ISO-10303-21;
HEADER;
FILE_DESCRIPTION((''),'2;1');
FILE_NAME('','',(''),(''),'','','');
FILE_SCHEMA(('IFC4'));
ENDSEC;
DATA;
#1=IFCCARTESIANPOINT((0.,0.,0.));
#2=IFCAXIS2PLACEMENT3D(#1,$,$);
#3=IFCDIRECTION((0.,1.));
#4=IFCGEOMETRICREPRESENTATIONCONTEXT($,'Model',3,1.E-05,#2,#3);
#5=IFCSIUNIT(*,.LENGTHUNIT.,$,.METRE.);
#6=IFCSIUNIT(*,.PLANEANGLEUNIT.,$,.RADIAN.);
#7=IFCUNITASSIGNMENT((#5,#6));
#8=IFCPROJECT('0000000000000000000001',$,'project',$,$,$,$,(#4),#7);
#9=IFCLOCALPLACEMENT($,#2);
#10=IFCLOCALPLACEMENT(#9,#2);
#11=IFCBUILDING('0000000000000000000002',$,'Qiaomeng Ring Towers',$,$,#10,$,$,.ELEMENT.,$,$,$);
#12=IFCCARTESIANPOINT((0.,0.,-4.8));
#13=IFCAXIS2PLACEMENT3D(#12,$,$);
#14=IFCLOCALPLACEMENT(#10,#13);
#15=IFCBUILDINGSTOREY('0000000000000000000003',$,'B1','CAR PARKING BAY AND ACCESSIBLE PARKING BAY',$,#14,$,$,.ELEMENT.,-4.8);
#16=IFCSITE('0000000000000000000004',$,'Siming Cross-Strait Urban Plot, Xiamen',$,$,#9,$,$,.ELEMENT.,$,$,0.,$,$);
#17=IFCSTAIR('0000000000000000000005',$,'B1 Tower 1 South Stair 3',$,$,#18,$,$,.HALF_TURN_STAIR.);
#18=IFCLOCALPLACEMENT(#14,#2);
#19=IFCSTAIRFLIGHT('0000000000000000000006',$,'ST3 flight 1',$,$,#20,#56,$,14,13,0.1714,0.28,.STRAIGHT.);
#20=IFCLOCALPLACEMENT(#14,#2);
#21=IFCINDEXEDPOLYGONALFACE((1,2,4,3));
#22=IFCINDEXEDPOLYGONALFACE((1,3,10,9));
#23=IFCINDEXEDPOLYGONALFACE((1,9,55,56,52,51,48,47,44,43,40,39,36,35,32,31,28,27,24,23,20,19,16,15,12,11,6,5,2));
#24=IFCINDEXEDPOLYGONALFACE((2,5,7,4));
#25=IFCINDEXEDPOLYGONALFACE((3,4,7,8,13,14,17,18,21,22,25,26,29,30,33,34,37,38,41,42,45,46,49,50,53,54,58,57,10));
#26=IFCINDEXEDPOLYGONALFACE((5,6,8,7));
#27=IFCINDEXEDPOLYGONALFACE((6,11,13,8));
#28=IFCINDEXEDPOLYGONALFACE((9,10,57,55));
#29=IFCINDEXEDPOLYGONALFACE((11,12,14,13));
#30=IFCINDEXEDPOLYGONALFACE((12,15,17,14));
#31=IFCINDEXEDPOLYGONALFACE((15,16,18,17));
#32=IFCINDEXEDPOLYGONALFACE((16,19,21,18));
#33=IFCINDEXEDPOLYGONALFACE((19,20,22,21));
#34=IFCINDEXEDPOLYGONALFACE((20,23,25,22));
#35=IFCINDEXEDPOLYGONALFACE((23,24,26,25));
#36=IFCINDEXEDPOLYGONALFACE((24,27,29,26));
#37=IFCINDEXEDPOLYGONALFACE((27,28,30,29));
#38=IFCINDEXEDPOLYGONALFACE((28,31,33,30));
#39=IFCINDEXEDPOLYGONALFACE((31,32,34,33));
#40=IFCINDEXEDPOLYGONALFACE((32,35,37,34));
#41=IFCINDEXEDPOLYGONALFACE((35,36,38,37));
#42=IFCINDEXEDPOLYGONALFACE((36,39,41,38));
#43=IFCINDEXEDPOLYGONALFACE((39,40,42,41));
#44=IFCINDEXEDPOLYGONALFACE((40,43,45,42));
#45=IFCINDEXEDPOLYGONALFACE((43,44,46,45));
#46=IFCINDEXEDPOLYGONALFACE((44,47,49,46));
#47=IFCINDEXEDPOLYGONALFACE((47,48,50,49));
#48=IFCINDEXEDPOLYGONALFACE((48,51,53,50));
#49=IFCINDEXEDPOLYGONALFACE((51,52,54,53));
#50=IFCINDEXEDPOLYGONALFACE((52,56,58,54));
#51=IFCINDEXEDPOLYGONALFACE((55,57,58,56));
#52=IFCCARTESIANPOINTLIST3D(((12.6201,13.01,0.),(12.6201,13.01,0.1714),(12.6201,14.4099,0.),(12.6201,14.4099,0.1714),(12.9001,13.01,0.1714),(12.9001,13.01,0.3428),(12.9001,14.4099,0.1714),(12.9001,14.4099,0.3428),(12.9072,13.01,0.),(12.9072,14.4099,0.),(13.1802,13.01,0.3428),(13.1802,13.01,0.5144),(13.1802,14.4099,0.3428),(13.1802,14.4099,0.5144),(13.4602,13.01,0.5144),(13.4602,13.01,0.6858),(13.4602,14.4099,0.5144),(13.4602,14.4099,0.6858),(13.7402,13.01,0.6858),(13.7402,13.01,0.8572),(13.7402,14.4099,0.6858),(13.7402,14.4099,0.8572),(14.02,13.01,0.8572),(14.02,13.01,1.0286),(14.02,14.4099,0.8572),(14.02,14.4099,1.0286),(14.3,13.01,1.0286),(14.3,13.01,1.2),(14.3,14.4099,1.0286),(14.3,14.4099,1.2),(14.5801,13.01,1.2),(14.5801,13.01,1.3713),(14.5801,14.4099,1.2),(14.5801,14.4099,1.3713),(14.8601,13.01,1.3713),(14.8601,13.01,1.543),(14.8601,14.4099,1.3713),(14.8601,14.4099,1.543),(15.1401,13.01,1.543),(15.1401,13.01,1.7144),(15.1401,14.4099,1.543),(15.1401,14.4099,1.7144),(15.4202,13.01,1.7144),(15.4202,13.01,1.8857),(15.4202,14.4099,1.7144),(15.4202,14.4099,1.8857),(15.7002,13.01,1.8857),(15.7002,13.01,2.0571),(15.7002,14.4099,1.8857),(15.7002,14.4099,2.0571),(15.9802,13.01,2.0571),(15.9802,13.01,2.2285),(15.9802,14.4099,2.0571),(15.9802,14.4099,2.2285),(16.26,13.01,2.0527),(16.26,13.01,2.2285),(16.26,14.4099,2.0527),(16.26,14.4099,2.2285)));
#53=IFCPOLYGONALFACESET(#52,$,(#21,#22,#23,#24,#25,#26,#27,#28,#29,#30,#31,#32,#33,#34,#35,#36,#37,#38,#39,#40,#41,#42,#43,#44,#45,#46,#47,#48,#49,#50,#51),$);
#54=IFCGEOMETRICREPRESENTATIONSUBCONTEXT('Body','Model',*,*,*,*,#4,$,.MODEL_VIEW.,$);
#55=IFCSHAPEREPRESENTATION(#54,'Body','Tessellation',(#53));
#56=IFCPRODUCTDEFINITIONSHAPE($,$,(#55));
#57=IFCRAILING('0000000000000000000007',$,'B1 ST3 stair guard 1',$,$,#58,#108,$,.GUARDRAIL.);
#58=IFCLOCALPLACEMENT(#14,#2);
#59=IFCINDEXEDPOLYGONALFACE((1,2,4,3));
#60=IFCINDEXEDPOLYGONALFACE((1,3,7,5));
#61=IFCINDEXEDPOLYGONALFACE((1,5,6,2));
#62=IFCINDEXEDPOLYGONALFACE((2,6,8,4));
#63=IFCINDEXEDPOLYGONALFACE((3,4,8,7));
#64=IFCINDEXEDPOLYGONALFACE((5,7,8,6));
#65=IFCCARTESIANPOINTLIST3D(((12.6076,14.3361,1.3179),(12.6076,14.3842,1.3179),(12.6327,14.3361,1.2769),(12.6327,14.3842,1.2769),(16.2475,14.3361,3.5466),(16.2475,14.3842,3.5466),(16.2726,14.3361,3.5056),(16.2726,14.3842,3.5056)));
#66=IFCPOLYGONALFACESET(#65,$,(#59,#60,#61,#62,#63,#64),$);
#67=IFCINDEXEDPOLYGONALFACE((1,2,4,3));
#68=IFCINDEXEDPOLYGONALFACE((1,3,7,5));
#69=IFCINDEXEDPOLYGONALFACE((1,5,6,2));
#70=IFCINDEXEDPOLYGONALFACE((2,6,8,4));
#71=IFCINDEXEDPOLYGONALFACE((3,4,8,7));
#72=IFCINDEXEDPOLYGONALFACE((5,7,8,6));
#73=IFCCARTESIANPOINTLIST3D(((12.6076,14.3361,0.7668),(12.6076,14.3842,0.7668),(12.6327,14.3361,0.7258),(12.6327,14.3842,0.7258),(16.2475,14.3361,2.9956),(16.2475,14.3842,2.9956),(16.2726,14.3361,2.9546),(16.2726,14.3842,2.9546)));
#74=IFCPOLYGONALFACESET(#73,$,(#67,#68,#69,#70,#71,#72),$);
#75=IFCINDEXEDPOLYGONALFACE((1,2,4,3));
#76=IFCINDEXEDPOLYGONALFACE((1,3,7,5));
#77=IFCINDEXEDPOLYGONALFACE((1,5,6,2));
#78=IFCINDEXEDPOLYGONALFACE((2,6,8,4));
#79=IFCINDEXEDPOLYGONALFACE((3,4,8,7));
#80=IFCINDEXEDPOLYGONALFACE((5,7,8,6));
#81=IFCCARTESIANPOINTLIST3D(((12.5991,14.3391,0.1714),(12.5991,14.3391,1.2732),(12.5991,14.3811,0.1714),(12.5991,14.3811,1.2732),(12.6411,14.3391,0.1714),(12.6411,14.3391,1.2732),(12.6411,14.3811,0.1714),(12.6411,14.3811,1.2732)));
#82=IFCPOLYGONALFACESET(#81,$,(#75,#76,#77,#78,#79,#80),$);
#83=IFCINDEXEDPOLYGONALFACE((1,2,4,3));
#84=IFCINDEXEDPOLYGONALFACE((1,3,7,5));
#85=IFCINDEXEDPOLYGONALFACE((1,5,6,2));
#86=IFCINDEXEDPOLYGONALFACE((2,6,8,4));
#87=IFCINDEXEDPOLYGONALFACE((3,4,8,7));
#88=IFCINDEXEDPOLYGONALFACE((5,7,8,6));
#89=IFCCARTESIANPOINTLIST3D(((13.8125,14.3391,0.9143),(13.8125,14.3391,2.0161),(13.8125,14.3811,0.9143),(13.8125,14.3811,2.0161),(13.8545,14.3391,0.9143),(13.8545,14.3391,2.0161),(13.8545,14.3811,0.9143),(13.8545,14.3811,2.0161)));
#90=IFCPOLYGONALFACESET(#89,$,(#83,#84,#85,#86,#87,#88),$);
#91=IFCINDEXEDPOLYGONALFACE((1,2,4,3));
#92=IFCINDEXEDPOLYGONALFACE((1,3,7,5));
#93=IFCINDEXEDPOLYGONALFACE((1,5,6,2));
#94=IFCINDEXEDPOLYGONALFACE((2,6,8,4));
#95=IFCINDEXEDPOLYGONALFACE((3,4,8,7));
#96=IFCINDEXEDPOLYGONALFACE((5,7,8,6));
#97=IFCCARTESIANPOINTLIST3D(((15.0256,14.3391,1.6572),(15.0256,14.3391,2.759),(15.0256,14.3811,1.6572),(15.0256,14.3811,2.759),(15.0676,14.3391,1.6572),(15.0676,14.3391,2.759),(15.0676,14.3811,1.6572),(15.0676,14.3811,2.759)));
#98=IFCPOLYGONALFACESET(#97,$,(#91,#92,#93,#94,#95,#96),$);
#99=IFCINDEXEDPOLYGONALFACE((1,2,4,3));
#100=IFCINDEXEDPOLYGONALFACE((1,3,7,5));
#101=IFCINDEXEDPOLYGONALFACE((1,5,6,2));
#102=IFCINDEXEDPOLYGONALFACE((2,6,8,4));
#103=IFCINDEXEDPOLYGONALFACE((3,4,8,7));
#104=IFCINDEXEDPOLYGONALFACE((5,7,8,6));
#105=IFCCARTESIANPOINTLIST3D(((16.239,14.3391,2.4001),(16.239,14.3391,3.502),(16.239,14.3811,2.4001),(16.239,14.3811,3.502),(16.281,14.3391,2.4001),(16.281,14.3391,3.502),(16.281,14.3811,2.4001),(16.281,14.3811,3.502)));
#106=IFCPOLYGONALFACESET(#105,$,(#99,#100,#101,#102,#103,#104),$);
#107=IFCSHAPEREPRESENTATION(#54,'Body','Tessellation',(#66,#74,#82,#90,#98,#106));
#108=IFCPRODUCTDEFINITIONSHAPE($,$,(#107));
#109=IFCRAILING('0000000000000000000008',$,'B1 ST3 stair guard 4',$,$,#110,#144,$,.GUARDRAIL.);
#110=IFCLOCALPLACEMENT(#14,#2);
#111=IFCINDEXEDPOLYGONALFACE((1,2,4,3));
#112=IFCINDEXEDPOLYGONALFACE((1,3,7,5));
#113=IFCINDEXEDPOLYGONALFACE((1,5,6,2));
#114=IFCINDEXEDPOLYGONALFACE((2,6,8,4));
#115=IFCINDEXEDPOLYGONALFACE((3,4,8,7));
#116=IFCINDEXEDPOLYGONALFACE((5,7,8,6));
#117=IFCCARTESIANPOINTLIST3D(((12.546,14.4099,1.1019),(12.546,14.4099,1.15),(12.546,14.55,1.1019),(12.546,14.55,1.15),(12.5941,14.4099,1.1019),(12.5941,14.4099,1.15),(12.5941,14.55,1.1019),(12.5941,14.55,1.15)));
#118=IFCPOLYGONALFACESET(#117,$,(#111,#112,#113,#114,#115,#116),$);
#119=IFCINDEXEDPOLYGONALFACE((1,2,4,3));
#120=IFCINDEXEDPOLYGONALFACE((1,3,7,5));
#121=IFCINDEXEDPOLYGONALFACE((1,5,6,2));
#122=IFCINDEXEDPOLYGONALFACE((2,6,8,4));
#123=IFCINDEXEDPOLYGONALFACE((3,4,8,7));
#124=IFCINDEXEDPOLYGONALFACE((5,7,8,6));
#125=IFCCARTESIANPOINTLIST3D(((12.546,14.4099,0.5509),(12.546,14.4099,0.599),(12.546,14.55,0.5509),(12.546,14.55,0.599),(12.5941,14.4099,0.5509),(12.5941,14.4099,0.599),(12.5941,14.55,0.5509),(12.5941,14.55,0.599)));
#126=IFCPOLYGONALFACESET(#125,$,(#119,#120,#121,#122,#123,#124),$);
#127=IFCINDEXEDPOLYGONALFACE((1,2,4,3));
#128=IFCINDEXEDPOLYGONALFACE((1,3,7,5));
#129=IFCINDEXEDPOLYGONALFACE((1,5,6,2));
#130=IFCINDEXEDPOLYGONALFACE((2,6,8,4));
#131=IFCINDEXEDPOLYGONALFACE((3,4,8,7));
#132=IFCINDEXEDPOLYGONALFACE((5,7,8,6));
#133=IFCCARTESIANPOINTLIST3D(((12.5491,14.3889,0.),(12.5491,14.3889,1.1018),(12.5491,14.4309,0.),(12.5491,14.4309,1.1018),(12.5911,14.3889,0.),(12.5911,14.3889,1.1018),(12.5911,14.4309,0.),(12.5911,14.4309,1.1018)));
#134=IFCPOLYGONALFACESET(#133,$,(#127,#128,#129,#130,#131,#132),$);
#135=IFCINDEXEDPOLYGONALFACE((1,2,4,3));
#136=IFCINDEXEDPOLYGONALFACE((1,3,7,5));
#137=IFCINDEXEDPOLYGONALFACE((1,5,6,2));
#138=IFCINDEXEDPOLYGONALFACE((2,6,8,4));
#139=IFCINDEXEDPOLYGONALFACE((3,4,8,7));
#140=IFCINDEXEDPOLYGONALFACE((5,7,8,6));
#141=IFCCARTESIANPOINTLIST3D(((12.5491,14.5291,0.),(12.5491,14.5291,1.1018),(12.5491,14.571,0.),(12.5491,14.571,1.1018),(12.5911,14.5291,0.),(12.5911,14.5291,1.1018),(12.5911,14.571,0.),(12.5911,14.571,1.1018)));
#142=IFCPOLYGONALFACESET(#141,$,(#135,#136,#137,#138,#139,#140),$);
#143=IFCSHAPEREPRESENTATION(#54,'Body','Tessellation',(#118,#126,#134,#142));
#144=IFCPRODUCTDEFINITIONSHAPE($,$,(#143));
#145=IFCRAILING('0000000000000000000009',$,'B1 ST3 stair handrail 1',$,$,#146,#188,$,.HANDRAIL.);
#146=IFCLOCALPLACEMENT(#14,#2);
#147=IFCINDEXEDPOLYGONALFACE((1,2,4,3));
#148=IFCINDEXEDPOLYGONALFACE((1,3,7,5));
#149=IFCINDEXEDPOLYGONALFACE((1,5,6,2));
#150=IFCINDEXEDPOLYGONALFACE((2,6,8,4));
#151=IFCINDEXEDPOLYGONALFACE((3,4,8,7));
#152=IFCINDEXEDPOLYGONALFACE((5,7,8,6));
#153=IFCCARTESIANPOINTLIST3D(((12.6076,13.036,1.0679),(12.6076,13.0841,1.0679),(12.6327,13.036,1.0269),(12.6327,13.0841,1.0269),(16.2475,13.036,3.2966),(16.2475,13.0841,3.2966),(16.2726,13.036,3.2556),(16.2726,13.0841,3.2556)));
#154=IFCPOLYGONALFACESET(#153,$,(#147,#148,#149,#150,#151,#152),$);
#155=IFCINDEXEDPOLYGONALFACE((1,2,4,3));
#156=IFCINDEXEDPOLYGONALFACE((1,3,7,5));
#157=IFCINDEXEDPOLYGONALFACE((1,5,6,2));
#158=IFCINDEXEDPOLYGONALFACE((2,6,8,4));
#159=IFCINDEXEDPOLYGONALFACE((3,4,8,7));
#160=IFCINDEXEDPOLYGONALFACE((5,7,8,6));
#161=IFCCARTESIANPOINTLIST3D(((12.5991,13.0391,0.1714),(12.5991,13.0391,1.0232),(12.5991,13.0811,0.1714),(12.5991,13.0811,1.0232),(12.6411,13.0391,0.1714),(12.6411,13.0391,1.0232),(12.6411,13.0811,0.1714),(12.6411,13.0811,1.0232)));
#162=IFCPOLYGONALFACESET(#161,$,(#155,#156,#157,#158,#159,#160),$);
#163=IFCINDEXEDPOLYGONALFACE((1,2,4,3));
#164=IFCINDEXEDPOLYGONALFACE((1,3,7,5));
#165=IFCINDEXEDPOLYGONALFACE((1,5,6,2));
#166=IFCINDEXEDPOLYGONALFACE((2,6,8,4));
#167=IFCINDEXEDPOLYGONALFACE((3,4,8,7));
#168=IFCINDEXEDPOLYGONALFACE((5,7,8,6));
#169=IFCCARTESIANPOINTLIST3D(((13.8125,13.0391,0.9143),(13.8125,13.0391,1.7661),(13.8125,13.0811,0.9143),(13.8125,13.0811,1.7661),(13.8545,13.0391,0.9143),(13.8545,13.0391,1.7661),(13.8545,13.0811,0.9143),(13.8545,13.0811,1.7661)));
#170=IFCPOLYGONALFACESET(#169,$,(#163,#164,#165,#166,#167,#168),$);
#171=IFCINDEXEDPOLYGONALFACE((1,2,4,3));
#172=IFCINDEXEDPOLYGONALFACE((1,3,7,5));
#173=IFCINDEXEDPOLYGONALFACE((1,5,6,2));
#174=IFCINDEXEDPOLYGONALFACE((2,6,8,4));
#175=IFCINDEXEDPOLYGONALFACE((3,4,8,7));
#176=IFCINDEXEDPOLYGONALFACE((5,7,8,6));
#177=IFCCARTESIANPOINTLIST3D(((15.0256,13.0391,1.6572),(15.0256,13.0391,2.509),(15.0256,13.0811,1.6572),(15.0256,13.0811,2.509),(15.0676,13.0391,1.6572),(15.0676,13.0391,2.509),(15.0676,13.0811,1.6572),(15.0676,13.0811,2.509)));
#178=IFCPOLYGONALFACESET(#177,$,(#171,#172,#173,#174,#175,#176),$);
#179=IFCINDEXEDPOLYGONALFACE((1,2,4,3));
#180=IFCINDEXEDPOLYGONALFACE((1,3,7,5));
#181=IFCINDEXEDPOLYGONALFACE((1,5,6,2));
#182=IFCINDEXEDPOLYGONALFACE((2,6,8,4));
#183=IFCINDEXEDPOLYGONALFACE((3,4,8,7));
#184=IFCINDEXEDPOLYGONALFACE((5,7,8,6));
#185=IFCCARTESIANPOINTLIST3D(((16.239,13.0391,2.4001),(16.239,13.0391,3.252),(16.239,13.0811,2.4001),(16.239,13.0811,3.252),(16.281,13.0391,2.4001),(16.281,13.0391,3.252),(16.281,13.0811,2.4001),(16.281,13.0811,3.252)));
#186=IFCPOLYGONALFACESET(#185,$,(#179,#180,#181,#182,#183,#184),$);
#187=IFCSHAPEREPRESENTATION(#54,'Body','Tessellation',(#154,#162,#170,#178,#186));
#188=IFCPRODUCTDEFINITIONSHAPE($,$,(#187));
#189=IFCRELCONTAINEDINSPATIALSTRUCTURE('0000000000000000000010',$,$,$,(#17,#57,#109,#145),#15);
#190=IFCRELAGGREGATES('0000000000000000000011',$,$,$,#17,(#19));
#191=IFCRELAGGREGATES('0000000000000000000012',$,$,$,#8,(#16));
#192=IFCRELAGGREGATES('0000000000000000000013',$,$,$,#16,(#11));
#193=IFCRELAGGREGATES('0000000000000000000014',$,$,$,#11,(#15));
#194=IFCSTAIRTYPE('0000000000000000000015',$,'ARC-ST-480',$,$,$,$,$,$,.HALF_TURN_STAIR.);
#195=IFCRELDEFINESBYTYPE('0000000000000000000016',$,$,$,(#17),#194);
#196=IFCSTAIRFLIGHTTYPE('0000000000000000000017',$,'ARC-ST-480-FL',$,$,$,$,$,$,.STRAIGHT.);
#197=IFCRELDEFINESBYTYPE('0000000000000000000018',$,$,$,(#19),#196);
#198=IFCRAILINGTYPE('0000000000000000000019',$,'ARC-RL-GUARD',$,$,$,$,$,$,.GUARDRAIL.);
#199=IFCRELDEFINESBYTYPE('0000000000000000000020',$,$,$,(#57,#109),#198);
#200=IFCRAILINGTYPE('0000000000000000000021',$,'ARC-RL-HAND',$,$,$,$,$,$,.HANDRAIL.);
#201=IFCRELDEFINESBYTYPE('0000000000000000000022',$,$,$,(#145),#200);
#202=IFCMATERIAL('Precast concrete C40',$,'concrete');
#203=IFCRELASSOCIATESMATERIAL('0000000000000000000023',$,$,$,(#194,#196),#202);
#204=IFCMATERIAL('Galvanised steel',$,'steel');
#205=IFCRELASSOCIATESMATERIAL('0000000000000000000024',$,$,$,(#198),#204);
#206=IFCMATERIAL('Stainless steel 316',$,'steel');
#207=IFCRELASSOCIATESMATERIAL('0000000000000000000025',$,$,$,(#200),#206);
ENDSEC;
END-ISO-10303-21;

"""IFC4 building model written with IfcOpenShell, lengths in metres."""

from ifc_helpers import new_model, si_unit, direction, frame, origin, origin_2d, place, context, subcontext, project, spatial, polyline, rectangle, outline, extrude, source, transform, mapped, material, type_object, element, aggregate, save


model = new_model("IFC4")

# Units and contexts
model_context = context("Model", 3, precision=1e-05, world=origin(), true_north=direction((0.0, 1.0)))
body_context = subcontext(model_context, "Body", "Model", "MODEL_VIEW")
ifc_project = project(units=[si_unit("LENGTHUNIT", "METRE"), si_unit("PLANEANGLEUNIT", "RADIAN")], contexts=[model_context])

# Site, building, storey
site_placement = place(None, origin())
site = spatial("IfcSite", under=ifc_project, at=site_placement, Name="Siming Cross-Strait Urban Plot, Xiamen", CompositionType="ELEMENT", RefElevation=0.0)
building_placement = place(site_placement, origin())
building = spatial("IfcBuilding", under=site, at=building_placement, Name="Qiaomeng Ring Towers", CompositionType="ELEMENT")
storey_placement = place(building_placement, frame((0.0, 0.0, -4.8)))
storey = spatial("IfcBuildingStorey", under=building, at=storey_placement, Name="B1", Description="CAR PARKING BAY AND ACCESSIBLE PARKING BAY", CompositionType="ELEMENT", Elevation=-4.8)

# Shared definitions
ifc_material_1 = material(Name="Galvanised steel", Category="steel")

# Shared definitions
ifc_material_2 = material(Name="Stainless steel 316", Category="steel")

# Stair, stair flight
ifc_material_3 = material(Name="Precast concrete C40", Category="concrete")
stair_type = type_object("IfcStairType", Name="ARC-ST-480", PredefinedType="HALF_TURN_STAIR", material=ifc_material_3)
stair_placement = place(storey_placement, origin())
stair = element("IfcStair", 1, at=stair_placement, inside=storey, type_object=stair_type, Name="B1 Tower 1 South Stair 3", PredefinedType="HALF_TURN_STAIR")
stair_flight_type = type_object("IfcStairFlightType", Name="ARC-ST-480-FL", PredefinedType="STRAIGHT", material=ifc_material_3)
shared_shape_1 = source(origin(), body_context, "Body", "SweptSolid", [
    extrude(outline(polyline([(0.0, 0.0), (0.0, 0.1714), (0.28, 0.1714), (0.28, 0.3428), (0.5601, 0.3428), (0.5601, 0.5144), (0.8401, 0.5144), (0.8401, 0.6858), (1.1201, 0.6858), (1.1201, 0.8572), (1.3999, 0.8572), (1.3999, 1.0286), (1.6799, 1.0286), (1.6799, 1.2), (1.96, 1.2), (1.96, 1.3713), (2.24, 1.3713), (2.24, 1.543), (2.52, 1.543), (2.52, 1.7144), (2.8, 1.7144), (2.8, 1.8857), (3.0801, 1.8857), (3.0801, 2.0571), (3.3601, 2.0571), (3.3601, 2.2285), (3.6399, 2.2285), (3.6399, 2.3999), (3.6399, 2.0527), (0.2871, 0.0), (0.0, 0.0)])), frame((0.0, 0.7, 0.0), z_axis=(0.0, -1.0, 0.0), x_axis=(1.0, 0.0, 0.0)), (0.0, 0.0, 1.0), 1.3999),
])
stair_flight_placement = place(storey_placement, frame((12.6201, 13.71, 0.0), z_axis=(0.0, 0.0, 1.0), x_axis=(1.0, 0.0, 0.0)))
stair_flight = element("IfcStairFlight", 2, at=stair_flight_placement, type_object=stair_flight_type, Name="ST3 flight 1", NumberOfRisers=14, NumberOfTreads=13, PredefinedType="STRAIGHT", RiserHeight=0.1714, TreadLength=0.28, context=body_context, shape_type="MappedRepresentation", body=[
    mapped(shared_shape_1, transform((0.0, 0.0, 0.0), x_axis=(1.0, 0.0, 0.0), y_axis=(0.0, 1.0, 0.0), z_axis=(0.0, 0.0, 1.0), scale=1.0)),
])
aggregate(stair, [stair_flight])

# Railings
railing_type_1 = type_object("IfcRailingType", Name="ARC-RL-GUARD", PredefinedType="GUARDRAIL", material=ifc_material_1)
railing_1_placement = place(storey_placement, frame((12.6201, 14.3601, 0.1714)))
element("IfcRailing", 3, at=railing_1_placement, inside=storey, type_object=railing_type_1, Name="B1 ST3 stair guard 1", PredefinedType="GUARDRAIL", context=body_context, shape_type="SweptSolid", body=[
    extrude(rectangle(XDim=0.0481, YDim=0.0481, at=origin_2d()), frame((0.0, 0.0, 1.126), z_axis=(0.852825, 0.0, 0.522197), x_axis=(0.0, 1.0, 0.0)), (0.0, 0.0, 1.0), 4.2681),
    extrude(rectangle(XDim=0.0481, YDim=0.0481, at=origin_2d()), frame((0.0, 0.0, 0.575), z_axis=(0.852825, 0.0, 0.522197), x_axis=(0.0, 1.0, 0.0)), (0.0, 0.0, 1.0), 4.2681),
    extrude(rectangle(XDim=0.042, YDim=0.042, at=origin_2d()), origin(), (0.0, 0.0, 1.0), 1.1018),
    extrude(rectangle(XDim=0.042, YDim=0.042, at=origin_2d()), frame((1.2134, 0.0, 0.7429)), (0.0, 0.0, 1.0), 1.1018),
    extrude(rectangle(XDim=0.042, YDim=0.042, at=origin_2d()), frame((2.4265, 0.0, 1.4858)), (0.0, 0.0, 1.0), 1.1018),
    extrude(rectangle(XDim=0.042, YDim=0.042, at=origin_2d()), frame((3.6399, 0.0, 2.2288)), (0.0, 0.0, 1.0), 1.1018),
])
railing_2_placement = place(storey_placement, frame((12.5701, 14.4099, 0.0)))
element("IfcRailing", 4, at=railing_2_placement, inside=storey, type_object=railing_type_1, Name="B1 ST3 stair guard 4", PredefinedType="GUARDRAIL", context=body_context, shape_type="SweptSolid", body=[
    extrude(rectangle(XDim=0.0481, YDim=0.0481, at=origin_2d()), frame((0.0, 0.0, 1.126), z_axis=(0.0, 1.0, 0.0), x_axis=(-1.0, 0.0, 0.0)), (0.0, 0.0, 1.0), 0.1401),
    extrude(rectangle(XDim=0.0481, YDim=0.0481, at=origin_2d()), frame((0.0, 0.0, 0.575), z_axis=(0.0, 1.0, 0.0), x_axis=(-1.0, 0.0, 0.0)), (0.0, 0.0, 1.0), 0.1401),
    extrude(rectangle(XDim=0.042, YDim=0.042, at=origin_2d()), origin(), (0.0, 0.0, 1.0), 1.1018),
    extrude(rectangle(XDim=0.042, YDim=0.042, at=origin_2d()), frame((0.0, 0.1401, 0.0)), (0.0, 0.0, 1.0), 1.1018),
])
railing_type_2 = type_object("IfcRailingType", Name="ARC-RL-HAND", PredefinedType="HANDRAIL", material=ifc_material_2)
railing_3_placement = place(storey_placement, frame((12.6201, 13.0601, 0.1714)))
element("IfcRailing", 5, at=railing_3_placement, inside=storey, type_object=railing_type_2, Name="B1 ST3 stair handrail 1", PredefinedType="HANDRAIL", context=body_context, shape_type="SweptSolid", body=[
    extrude(rectangle(XDim=0.0481, YDim=0.0481, at=origin_2d()), frame((0.0, 0.0, 0.876), z_axis=(0.852825, 0.0, 0.522197), x_axis=(0.0, 1.0, 0.0)), (0.0, 0.0, 1.0), 4.2681),
    extrude(rectangle(XDim=0.042, YDim=0.042, at=origin_2d()), origin(), (0.0, 0.0, 1.0), 0.8518),
    extrude(rectangle(XDim=0.042, YDim=0.042, at=origin_2d()), frame((1.2134, 0.0, 0.7429)), (0.0, 0.0, 1.0), 0.8518),
    extrude(rectangle(XDim=0.042, YDim=0.042, at=origin_2d()), frame((2.4265, 0.0, 1.4858)), (0.0, 0.0, 1.0), 0.8518),
    extrude(rectangle(XDim=0.042, YDim=0.042, at=origin_2d()), frame((3.6399, 0.0, 2.2288)), (0.0, 0.0, 1.0), 0.8518),
])

save(model, "model.ifc")
